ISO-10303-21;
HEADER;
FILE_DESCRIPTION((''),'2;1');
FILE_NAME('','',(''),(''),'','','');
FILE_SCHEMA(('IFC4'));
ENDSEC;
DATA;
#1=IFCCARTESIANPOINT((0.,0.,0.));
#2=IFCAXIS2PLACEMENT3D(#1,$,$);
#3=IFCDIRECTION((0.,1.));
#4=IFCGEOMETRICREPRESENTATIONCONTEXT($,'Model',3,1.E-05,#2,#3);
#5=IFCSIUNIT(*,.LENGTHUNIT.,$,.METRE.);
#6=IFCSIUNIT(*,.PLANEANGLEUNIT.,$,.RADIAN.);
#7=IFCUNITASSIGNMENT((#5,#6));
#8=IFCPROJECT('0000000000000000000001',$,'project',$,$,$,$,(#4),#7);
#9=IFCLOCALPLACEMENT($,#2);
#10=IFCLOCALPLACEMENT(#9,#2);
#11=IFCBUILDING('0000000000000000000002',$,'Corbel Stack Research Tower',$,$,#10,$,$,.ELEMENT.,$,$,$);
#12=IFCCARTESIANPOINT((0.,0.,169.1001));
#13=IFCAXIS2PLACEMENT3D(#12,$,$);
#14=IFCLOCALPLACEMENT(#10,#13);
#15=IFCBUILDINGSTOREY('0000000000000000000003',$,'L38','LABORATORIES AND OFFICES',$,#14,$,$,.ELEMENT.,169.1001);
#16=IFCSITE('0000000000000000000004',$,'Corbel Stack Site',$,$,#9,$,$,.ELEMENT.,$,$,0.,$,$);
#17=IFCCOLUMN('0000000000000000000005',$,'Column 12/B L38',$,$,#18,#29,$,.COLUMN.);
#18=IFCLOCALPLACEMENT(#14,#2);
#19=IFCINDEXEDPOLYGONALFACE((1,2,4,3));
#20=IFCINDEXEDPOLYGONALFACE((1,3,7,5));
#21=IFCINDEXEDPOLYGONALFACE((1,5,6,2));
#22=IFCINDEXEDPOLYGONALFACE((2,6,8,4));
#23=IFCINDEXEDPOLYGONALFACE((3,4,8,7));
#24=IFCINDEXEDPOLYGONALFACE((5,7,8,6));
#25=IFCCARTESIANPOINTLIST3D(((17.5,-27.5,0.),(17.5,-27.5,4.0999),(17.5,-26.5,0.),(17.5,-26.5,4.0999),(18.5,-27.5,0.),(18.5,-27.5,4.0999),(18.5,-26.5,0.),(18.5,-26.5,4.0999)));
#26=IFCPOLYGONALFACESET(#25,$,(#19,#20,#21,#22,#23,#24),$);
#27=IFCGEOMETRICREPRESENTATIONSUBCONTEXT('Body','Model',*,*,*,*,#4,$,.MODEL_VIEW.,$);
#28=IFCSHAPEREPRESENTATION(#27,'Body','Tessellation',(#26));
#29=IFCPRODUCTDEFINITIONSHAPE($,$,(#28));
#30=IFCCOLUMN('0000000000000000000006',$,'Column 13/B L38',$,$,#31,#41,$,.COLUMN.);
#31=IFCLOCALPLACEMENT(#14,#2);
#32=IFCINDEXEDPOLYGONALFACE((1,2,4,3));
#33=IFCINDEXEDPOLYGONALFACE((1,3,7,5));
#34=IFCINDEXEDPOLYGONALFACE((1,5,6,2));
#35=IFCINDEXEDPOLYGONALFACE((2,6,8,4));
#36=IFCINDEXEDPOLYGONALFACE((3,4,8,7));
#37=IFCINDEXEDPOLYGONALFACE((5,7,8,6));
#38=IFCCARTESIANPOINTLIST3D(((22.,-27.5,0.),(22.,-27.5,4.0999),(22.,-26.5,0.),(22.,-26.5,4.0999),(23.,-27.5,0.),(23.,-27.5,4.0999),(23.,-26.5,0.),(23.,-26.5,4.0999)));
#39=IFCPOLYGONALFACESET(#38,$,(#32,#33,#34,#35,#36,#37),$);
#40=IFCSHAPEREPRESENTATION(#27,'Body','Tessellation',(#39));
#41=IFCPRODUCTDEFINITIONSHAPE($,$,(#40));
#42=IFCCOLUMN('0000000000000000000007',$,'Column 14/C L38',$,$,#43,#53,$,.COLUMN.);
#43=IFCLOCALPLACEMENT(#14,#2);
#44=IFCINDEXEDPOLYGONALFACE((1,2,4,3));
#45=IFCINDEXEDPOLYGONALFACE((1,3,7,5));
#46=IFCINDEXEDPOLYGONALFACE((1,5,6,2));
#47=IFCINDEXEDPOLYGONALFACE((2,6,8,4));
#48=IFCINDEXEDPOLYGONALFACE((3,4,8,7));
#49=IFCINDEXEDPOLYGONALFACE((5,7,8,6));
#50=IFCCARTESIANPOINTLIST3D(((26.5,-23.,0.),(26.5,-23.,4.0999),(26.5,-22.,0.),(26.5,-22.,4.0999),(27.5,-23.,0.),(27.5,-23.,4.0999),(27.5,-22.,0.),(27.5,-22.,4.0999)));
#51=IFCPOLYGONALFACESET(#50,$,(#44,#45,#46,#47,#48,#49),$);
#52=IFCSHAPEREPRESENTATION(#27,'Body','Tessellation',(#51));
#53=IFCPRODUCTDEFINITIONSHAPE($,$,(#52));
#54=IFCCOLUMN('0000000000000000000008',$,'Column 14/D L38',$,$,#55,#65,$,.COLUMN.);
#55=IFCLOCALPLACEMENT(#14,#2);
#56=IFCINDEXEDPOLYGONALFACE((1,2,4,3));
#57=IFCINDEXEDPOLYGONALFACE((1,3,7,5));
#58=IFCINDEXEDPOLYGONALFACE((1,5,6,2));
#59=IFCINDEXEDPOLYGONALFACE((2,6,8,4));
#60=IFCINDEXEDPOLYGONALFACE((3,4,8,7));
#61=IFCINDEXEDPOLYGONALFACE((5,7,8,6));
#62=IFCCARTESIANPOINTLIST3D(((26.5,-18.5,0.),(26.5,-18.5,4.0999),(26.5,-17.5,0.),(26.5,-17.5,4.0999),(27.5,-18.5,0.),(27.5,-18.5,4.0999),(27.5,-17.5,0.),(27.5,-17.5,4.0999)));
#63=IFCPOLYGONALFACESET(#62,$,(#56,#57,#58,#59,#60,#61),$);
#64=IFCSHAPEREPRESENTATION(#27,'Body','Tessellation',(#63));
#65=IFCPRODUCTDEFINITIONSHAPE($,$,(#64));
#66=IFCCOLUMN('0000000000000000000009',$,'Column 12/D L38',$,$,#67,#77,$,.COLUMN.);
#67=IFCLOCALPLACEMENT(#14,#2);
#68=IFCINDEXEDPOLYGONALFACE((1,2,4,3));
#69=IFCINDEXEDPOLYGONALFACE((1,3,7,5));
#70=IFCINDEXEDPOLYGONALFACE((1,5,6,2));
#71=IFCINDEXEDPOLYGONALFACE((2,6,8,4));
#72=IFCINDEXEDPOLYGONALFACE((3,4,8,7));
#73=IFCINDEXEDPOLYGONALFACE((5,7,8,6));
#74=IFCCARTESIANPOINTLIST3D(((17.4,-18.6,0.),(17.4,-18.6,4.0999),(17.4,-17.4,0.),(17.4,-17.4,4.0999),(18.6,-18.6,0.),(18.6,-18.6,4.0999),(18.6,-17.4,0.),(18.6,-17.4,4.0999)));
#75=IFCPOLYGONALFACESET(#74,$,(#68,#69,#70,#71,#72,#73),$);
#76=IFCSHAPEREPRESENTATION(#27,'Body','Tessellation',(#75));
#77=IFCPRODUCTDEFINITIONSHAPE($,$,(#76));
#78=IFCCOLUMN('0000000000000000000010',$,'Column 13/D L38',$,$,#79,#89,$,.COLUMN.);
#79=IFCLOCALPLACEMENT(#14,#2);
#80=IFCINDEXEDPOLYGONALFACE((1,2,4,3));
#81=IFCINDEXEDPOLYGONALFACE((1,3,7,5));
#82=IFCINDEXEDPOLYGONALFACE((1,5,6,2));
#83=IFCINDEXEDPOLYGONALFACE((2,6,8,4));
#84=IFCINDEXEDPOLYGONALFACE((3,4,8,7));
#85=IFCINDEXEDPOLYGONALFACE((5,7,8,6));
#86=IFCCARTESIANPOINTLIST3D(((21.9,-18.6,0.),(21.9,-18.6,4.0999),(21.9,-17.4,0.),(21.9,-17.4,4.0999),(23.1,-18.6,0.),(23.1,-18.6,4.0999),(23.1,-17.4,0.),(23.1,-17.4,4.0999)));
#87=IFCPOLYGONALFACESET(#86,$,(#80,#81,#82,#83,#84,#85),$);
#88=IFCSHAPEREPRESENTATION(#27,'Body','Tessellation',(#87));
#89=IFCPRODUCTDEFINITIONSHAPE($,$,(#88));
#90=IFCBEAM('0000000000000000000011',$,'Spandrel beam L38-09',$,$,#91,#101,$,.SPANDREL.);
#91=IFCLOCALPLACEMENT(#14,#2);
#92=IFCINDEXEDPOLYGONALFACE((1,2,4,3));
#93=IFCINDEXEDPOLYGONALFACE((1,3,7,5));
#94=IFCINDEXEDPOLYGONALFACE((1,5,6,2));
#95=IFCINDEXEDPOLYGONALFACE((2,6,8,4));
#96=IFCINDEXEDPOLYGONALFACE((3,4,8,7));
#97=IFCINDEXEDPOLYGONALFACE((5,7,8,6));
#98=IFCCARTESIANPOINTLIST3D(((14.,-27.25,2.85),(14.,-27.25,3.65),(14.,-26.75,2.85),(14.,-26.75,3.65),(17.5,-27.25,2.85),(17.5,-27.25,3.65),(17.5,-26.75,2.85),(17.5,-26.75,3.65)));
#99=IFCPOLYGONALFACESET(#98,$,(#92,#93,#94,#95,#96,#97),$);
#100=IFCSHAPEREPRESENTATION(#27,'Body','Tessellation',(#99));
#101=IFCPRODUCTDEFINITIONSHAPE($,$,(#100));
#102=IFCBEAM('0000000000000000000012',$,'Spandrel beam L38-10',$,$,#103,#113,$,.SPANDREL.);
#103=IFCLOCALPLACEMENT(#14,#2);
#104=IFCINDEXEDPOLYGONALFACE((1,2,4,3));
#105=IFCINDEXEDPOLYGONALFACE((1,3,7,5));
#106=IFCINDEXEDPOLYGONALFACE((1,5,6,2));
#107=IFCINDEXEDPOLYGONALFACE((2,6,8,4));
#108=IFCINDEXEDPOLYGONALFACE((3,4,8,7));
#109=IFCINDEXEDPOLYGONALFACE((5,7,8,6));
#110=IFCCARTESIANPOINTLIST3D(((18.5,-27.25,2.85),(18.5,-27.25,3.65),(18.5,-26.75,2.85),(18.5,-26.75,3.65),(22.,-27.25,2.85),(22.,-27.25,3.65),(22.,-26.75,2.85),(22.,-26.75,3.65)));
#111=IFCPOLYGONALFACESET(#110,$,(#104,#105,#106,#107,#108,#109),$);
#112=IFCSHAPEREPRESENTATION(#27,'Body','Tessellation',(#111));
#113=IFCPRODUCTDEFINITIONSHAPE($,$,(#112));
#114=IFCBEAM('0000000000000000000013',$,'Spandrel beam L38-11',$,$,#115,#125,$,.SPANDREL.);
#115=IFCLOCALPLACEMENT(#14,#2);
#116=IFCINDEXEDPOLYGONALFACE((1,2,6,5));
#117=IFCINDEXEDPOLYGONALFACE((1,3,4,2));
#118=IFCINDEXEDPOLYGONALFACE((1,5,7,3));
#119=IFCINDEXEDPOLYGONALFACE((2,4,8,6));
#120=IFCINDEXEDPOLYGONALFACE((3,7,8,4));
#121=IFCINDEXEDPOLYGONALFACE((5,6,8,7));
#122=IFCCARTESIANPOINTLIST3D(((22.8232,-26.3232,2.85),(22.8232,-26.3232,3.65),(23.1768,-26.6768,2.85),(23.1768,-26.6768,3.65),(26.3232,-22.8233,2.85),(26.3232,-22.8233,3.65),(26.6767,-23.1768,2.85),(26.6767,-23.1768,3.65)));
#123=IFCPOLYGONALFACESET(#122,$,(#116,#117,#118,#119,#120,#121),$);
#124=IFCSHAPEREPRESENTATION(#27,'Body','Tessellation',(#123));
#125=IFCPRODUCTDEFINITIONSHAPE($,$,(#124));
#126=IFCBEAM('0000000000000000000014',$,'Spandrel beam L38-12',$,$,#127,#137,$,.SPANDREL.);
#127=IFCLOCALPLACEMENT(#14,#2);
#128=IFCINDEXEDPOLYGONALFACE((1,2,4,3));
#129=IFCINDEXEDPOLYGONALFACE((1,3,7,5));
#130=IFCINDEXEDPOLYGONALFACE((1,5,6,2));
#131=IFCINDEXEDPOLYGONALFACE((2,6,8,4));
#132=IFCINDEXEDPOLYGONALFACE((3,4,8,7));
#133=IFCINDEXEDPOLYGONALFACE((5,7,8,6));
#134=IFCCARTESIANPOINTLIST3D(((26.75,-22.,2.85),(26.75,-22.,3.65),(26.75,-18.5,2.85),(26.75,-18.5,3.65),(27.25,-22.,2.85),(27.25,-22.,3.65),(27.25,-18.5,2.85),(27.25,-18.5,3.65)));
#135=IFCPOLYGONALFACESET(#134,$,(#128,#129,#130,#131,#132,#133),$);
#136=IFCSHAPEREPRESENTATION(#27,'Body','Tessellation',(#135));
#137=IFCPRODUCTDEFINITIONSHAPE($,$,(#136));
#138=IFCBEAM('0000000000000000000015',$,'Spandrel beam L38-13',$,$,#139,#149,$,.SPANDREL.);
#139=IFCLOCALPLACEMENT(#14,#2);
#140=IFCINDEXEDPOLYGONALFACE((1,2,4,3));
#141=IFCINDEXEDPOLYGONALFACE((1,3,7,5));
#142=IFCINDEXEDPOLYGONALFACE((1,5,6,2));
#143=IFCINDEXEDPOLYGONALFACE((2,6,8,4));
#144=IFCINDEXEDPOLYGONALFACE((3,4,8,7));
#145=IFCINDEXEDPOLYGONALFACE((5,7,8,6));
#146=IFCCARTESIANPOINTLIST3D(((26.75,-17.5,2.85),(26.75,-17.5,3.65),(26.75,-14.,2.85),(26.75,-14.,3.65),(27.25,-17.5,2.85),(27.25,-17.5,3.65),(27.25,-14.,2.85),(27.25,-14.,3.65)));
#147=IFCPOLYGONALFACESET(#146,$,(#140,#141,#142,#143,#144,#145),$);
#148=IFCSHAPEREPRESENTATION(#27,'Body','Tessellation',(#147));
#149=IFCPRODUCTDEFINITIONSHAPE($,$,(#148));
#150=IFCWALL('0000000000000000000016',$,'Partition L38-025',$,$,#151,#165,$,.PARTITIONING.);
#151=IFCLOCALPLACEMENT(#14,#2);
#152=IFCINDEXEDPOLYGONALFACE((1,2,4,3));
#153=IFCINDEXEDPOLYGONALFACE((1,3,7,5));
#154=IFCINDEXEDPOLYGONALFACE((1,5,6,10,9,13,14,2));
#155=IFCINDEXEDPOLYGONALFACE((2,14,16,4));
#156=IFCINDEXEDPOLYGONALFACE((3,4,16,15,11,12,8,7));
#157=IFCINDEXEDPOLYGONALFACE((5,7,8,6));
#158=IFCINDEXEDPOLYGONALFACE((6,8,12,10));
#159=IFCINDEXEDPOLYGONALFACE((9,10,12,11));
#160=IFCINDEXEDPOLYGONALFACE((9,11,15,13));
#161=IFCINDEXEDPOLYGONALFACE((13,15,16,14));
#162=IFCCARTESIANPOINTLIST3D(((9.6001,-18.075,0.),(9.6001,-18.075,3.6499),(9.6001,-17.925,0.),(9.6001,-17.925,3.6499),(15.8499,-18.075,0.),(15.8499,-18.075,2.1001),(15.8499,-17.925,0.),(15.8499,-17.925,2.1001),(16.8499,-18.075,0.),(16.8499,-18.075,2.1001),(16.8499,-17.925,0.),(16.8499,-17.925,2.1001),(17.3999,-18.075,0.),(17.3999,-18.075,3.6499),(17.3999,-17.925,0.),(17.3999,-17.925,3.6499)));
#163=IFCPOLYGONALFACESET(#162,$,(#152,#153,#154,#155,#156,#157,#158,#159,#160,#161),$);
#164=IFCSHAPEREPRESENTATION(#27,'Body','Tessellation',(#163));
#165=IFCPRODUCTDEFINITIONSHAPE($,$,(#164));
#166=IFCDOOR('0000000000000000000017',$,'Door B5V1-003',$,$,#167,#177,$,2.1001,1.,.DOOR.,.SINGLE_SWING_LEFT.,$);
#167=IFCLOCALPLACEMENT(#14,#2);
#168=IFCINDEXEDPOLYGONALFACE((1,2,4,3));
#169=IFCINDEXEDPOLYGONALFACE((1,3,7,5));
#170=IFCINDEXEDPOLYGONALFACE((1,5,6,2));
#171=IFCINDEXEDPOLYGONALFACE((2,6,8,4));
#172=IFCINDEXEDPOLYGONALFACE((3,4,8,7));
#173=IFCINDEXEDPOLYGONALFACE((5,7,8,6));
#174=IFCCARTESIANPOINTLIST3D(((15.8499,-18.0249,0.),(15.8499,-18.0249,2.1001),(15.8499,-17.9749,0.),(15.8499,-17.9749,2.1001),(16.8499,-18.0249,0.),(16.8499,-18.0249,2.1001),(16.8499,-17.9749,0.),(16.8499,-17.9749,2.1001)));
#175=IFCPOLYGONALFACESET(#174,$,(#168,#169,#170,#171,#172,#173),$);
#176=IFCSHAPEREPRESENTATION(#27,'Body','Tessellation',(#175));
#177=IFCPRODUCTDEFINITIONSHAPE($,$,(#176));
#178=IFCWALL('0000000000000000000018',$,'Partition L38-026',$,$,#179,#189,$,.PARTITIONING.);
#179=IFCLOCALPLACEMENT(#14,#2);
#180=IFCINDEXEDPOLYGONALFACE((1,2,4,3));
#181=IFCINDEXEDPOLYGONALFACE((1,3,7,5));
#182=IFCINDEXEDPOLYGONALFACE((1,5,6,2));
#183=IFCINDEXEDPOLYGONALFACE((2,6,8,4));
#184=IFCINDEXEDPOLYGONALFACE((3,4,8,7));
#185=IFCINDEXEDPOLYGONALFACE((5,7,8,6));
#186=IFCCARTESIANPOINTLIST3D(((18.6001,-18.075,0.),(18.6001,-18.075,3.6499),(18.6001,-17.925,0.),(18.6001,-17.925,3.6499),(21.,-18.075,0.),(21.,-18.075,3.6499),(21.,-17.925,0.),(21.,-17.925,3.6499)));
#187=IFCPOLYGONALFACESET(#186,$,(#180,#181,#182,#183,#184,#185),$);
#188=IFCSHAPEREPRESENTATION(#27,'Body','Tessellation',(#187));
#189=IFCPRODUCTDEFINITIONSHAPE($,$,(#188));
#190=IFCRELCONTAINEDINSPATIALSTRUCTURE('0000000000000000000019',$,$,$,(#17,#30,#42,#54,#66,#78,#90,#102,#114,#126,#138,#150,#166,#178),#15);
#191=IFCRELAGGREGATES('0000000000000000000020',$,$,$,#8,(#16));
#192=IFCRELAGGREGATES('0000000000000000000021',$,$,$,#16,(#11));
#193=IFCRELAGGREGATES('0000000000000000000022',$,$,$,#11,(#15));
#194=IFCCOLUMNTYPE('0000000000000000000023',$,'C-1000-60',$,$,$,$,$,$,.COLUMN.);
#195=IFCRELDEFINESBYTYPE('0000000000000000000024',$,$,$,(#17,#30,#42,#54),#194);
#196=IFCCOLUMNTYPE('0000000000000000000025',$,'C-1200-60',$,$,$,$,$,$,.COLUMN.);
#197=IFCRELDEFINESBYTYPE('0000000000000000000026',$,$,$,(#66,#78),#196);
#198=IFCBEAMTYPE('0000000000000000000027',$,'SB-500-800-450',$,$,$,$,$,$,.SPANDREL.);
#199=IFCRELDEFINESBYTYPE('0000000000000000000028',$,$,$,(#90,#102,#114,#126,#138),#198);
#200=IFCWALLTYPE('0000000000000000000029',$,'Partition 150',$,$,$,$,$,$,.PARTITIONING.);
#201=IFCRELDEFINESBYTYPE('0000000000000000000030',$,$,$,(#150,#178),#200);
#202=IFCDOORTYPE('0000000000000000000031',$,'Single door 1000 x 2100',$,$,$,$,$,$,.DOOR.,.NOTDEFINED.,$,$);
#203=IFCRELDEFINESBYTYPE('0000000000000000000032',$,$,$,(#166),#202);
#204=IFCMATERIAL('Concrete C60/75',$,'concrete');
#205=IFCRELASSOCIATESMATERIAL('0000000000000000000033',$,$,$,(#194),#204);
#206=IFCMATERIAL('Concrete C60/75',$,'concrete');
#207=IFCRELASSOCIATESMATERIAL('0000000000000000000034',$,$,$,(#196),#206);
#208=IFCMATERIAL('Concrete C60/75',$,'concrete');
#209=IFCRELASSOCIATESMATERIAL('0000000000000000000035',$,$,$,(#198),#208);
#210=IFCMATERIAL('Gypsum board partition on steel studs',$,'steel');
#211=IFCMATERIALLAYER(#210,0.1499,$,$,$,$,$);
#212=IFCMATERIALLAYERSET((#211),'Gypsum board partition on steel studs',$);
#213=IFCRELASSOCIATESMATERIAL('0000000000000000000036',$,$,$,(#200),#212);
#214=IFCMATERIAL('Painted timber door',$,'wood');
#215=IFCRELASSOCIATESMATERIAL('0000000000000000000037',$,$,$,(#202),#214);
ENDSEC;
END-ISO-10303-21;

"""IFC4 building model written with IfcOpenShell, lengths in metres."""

from ifc_helpers import new_model, si_unit, direction, frame, frame_2d, origin, origin_2d, place, context, subcontext, project, spatial, rectangle, extrude, material, layer, layer_set, material_profile, profile_set, type_object, element, fill, save


model = new_model("IFC4")

# Units and contexts
model_context = context("Model", 3, precision=1e-05, world=origin(), true_north=direction((0.0, 1.0)))
body_context = subcontext(model_context, "Body", "Model", "MODEL_VIEW")
ifc_project = project(units=[si_unit("LENGTHUNIT", "METRE"), si_unit("PLANEANGLEUNIT", "RADIAN")], contexts=[model_context])

# Site, building, storey
site_placement = place(None, origin())
site = spatial("IfcSite", under=ifc_project, at=site_placement, Name="Corbel Stack Site", CompositionType="ELEMENT", RefElevation=0.0)
building_placement = place(site_placement, origin())
building = spatial("IfcBuilding", under=site, at=building_placement, Name="Corbel Stack Research Tower", CompositionType="ELEMENT")
storey_placement = place(building_placement, frame((0.0, 0.0, 169.1001)))
storey = spatial("IfcBuildingStorey", under=building, at=storey_placement, Name="L38", Description="LABORATORIES AND OFFICES", CompositionType="ELEMENT", Elevation=169.1001)

# Columns
ifc_material_1 = material(Name="Concrete C60/75", Category="concrete")
ifc_material_profile_1 = material_profile(ifc_material_1, rectangle(XDim=1.0, YDim=1.0, at=origin_2d()), Name="RC 1000 x 1000")
ifc_profile_set_1 = profile_set([ifc_material_profile_1], Name="Concrete C60/75")
column_type_1 = type_object("IfcColumnType", Name="C-1000-60", PredefinedType="COLUMN", material=ifc_profile_set_1)
for number, where, z_axis, x_axis, name in (
    (1, (18.0, -27.0, 0.0), (0.0, 0.0, 1.0), (1.0, 0.0, 0.0), "Column 12/B L38"),
    (2, (22.5, -27.0, 0.0), (0.0, 0.0, 1.0), (1.0, 0.0, 0.0), "Column 13/B L38"),
    (3, (27.0, -22.5, 0.0), (0.0, 0.0, 1.0), (1.0, 0.0, 0.0), "Column 14/C L38"),
    (4, (27.0, -18.0, 0.0), (0.0, 0.0, 1.0), (1.0, 0.0, 0.0), "Column 14/D L38"),
):
    element("IfcColumn", number, at=place(storey_placement, frame(where, z_axis=z_axis, x_axis=x_axis)), inside=storey, type_object=column_type_1, Name=name, PredefinedType="COLUMN", context=body_context, shape_type="SweptSolid", body=[
        extrude(rectangle(XDim=1.0, YDim=1.0, at=origin_2d()), origin(), (0.0, 0.0, 1.0), 4.0999),
    ])
ifc_material_2 = material(Name="Concrete C60/75", Category="concrete")
ifc_material_profile_2 = material_profile(ifc_material_2, rectangle(XDim=1.2, YDim=1.2, at=origin_2d()), Name="RC 1200 x 1200")
ifc_profile_set_2 = profile_set([ifc_material_profile_2], Name="Concrete C60/75")
column_type_2 = type_object("IfcColumnType", Name="C-1200-60", PredefinedType="COLUMN", material=ifc_profile_set_2)
for number, where, z_axis, x_axis, name in (
    (5, (18.0, -18.0, 0.0), (0.0, 0.0, 1.0), (1.0, 0.0, 0.0), "Column 12/D L38"),
    (6, (22.5, -18.0, 0.0), (0.0, 0.0, 1.0), (1.0, 0.0, 0.0), "Column 13/D L38"),
):
    element("IfcColumn", number, at=place(storey_placement, frame(where, z_axis=z_axis, x_axis=x_axis)), inside=storey, type_object=column_type_2, Name=name, PredefinedType="COLUMN", context=body_context, shape_type="SweptSolid", body=[
        extrude(rectangle(XDim=1.2, YDim=1.2, at=origin_2d()), origin(), (0.0, 0.0, 1.0), 4.0999),
    ])

# Beams
ifc_material_3 = material(Name="Concrete C60/75", Category="concrete")
ifc_material_profile_3 = material_profile(ifc_material_3, rectangle(XDim=0.5, YDim=0.8, at=origin_2d()), Name="RC 500 x 800")
ifc_profile_set_3 = profile_set([ifc_material_profile_3], Name="Concrete C60/75")
beam_type = type_object("IfcBeamType", Name="SB-500-800-450", PredefinedType="SPANDREL", material=ifc_profile_set_3)
for number, where, z_axis, x_axis, name in (
    (7, (14.0, -27.0, 3.25), (1.0, 0.0, 0.0), (0.0, 1.0, 0.0), "Spandrel beam L38-09"),
    (8, (18.5, -27.0, 3.25), (1.0, 0.0, 0.0), (0.0, 1.0, 0.0), "Spandrel beam L38-10"),
):
    element("IfcBeam", number, at=place(storey_placement, frame(where, z_axis=z_axis, x_axis=x_axis)), inside=storey, type_object=beam_type, Name=name, PredefinedType="SPANDREL", context=body_context, shape_type="SweptSolid", body=[
        extrude(rectangle(XDim=0.5, YDim=0.8, at=origin_2d()), origin(), (0.0, 0.0, 1.0), 3.5),
    ])
beam_placement = place(storey_placement, frame((23.0, -26.5, 3.25), z_axis=(0.707107, 0.707107, 0.0), x_axis=(-0.707107, 0.707107, 0.0)))
element("IfcBeam", 9, at=beam_placement, inside=storey, type_object=beam_type, Name="Spandrel beam L38-11", PredefinedType="SPANDREL", context=body_context, shape_type="SweptSolid", body=[
    extrude(rectangle(XDim=0.5, YDim=0.8, at=origin_2d()), origin(), (0.0, 0.0, 1.0), 4.9497),
])
for number, where, z_axis, x_axis, name in (
    (10, (27.0, -22.0, 3.25), (0.0, 1.0, 0.0), (-1.0, 0.0, 0.0), "Spandrel beam L38-12"),
    (11, (27.0, -17.5, 3.25), (0.0, 1.0, 0.0), (-1.0, 0.0, 0.0), "Spandrel beam L38-13"),
):
    element("IfcBeam", number, at=place(storey_placement, frame(where, z_axis=z_axis, x_axis=x_axis)), inside=storey, type_object=beam_type, Name=name, PredefinedType="SPANDREL", context=body_context, shape_type="SweptSolid", body=[
        extrude(rectangle(XDim=0.5, YDim=0.8, at=origin_2d()), origin(), (0.0, 0.0, 1.0), 3.5),
    ])

# Wall, opening, door
ifc_material_4 = material(Name="Gypsum board partition on steel studs", Category="steel")
ifc_layer_1 = layer(ifc_material_4, 0.1499)
ifc_layer_set_1 = layer_set([ifc_layer_1], Name="Gypsum board partition on steel studs")
wall_type_1 = type_object("IfcWallType", Name="Partition 150", PredefinedType="PARTITIONING", material=ifc_layer_set_1)
wall_1_placement = place(storey_placement, frame((17.3999, -18.0, 0.0), z_axis=(0.0, 0.0, 1.0), x_axis=(-1.0, 0.0, 0.0)))
wall_1 = element("IfcWall", 12, at=wall_1_placement, inside=storey, type_object=wall_type_1, Name="Partition L38-025", PredefinedType="PARTITIONING", context=body_context, shape_type="SweptSolid", body=[
    extrude(rectangle(XDim=7.7998, YDim=0.1499, at=frame_2d((3.8999, 0.0))), origin(), (0.0, 0.0, 1.0), 3.6499),
])
opening_1_placement = place(wall_1_placement, frame((0.55, 0.0, 0.0)))
opening_1 = element("IfcOpeningElement", 13, at=opening_1_placement, cuts=wall_1, PredefinedType="OPENING", context=body_context, shape_type="SweptSolid", body=[
    extrude(rectangle(XDim=1.0, YDim=2.1001, at=frame_2d((0.5, 1.05))), frame((0.0, 0.085, 0.0), z_axis=(0.0, -1.0, 0.0), x_axis=(1.0, 0.0, 0.0)), (0.0, 0.0, 1.0), 0.1699),
])
ifc_material_5 = material(Name="Painted timber door", Category="wood")
door_type_1 = type_object("IfcDoorType", Name="Single door 1000 x 2100", OperationType="NOTDEFINED", PredefinedType="DOOR", material=ifc_material_5)
door_1_placement = place(opening_1_placement, origin())
door_1 = element("IfcDoor", 14, at=door_1_placement, inside=storey, type_object=door_type_1, Name="Door B5V1-003", OperationType="SINGLE_SWING_LEFT", OverallHeight=2.1001, OverallWidth=1.0, PredefinedType="DOOR", context=body_context, shape_type="SweptSolid", body=[
    extrude(rectangle(XDim=1.0, YDim=2.1001, at=frame_2d((0.5, 1.05))), frame((0.0, 0.0249, 0.0), z_axis=(0.0, -1.0, 0.0), x_axis=(1.0, 0.0, 0.0)), (0.0, 0.0, 1.0), 0.05),
])
fill(opening_1, door_1)

# Wall
wall_2_placement = place(storey_placement, frame((18.6001, -18.0, 0.0), z_axis=(0.0, 0.0, 1.0), x_axis=(1.0, 0.0, 0.0)))
element("IfcWall", 15, at=wall_2_placement, inside=storey, type_object=wall_type_1, Name="Partition L38-026", PredefinedType="PARTITIONING", context=body_context, shape_type="SweptSolid", body=[
    extrude(rectangle(XDim=2.3999, YDim=0.1499, at=frame_2d((1.2, 0.0))), origin(), (0.0, 0.0, 1.0), 3.6499),
])

save(model, "model.ifc")
